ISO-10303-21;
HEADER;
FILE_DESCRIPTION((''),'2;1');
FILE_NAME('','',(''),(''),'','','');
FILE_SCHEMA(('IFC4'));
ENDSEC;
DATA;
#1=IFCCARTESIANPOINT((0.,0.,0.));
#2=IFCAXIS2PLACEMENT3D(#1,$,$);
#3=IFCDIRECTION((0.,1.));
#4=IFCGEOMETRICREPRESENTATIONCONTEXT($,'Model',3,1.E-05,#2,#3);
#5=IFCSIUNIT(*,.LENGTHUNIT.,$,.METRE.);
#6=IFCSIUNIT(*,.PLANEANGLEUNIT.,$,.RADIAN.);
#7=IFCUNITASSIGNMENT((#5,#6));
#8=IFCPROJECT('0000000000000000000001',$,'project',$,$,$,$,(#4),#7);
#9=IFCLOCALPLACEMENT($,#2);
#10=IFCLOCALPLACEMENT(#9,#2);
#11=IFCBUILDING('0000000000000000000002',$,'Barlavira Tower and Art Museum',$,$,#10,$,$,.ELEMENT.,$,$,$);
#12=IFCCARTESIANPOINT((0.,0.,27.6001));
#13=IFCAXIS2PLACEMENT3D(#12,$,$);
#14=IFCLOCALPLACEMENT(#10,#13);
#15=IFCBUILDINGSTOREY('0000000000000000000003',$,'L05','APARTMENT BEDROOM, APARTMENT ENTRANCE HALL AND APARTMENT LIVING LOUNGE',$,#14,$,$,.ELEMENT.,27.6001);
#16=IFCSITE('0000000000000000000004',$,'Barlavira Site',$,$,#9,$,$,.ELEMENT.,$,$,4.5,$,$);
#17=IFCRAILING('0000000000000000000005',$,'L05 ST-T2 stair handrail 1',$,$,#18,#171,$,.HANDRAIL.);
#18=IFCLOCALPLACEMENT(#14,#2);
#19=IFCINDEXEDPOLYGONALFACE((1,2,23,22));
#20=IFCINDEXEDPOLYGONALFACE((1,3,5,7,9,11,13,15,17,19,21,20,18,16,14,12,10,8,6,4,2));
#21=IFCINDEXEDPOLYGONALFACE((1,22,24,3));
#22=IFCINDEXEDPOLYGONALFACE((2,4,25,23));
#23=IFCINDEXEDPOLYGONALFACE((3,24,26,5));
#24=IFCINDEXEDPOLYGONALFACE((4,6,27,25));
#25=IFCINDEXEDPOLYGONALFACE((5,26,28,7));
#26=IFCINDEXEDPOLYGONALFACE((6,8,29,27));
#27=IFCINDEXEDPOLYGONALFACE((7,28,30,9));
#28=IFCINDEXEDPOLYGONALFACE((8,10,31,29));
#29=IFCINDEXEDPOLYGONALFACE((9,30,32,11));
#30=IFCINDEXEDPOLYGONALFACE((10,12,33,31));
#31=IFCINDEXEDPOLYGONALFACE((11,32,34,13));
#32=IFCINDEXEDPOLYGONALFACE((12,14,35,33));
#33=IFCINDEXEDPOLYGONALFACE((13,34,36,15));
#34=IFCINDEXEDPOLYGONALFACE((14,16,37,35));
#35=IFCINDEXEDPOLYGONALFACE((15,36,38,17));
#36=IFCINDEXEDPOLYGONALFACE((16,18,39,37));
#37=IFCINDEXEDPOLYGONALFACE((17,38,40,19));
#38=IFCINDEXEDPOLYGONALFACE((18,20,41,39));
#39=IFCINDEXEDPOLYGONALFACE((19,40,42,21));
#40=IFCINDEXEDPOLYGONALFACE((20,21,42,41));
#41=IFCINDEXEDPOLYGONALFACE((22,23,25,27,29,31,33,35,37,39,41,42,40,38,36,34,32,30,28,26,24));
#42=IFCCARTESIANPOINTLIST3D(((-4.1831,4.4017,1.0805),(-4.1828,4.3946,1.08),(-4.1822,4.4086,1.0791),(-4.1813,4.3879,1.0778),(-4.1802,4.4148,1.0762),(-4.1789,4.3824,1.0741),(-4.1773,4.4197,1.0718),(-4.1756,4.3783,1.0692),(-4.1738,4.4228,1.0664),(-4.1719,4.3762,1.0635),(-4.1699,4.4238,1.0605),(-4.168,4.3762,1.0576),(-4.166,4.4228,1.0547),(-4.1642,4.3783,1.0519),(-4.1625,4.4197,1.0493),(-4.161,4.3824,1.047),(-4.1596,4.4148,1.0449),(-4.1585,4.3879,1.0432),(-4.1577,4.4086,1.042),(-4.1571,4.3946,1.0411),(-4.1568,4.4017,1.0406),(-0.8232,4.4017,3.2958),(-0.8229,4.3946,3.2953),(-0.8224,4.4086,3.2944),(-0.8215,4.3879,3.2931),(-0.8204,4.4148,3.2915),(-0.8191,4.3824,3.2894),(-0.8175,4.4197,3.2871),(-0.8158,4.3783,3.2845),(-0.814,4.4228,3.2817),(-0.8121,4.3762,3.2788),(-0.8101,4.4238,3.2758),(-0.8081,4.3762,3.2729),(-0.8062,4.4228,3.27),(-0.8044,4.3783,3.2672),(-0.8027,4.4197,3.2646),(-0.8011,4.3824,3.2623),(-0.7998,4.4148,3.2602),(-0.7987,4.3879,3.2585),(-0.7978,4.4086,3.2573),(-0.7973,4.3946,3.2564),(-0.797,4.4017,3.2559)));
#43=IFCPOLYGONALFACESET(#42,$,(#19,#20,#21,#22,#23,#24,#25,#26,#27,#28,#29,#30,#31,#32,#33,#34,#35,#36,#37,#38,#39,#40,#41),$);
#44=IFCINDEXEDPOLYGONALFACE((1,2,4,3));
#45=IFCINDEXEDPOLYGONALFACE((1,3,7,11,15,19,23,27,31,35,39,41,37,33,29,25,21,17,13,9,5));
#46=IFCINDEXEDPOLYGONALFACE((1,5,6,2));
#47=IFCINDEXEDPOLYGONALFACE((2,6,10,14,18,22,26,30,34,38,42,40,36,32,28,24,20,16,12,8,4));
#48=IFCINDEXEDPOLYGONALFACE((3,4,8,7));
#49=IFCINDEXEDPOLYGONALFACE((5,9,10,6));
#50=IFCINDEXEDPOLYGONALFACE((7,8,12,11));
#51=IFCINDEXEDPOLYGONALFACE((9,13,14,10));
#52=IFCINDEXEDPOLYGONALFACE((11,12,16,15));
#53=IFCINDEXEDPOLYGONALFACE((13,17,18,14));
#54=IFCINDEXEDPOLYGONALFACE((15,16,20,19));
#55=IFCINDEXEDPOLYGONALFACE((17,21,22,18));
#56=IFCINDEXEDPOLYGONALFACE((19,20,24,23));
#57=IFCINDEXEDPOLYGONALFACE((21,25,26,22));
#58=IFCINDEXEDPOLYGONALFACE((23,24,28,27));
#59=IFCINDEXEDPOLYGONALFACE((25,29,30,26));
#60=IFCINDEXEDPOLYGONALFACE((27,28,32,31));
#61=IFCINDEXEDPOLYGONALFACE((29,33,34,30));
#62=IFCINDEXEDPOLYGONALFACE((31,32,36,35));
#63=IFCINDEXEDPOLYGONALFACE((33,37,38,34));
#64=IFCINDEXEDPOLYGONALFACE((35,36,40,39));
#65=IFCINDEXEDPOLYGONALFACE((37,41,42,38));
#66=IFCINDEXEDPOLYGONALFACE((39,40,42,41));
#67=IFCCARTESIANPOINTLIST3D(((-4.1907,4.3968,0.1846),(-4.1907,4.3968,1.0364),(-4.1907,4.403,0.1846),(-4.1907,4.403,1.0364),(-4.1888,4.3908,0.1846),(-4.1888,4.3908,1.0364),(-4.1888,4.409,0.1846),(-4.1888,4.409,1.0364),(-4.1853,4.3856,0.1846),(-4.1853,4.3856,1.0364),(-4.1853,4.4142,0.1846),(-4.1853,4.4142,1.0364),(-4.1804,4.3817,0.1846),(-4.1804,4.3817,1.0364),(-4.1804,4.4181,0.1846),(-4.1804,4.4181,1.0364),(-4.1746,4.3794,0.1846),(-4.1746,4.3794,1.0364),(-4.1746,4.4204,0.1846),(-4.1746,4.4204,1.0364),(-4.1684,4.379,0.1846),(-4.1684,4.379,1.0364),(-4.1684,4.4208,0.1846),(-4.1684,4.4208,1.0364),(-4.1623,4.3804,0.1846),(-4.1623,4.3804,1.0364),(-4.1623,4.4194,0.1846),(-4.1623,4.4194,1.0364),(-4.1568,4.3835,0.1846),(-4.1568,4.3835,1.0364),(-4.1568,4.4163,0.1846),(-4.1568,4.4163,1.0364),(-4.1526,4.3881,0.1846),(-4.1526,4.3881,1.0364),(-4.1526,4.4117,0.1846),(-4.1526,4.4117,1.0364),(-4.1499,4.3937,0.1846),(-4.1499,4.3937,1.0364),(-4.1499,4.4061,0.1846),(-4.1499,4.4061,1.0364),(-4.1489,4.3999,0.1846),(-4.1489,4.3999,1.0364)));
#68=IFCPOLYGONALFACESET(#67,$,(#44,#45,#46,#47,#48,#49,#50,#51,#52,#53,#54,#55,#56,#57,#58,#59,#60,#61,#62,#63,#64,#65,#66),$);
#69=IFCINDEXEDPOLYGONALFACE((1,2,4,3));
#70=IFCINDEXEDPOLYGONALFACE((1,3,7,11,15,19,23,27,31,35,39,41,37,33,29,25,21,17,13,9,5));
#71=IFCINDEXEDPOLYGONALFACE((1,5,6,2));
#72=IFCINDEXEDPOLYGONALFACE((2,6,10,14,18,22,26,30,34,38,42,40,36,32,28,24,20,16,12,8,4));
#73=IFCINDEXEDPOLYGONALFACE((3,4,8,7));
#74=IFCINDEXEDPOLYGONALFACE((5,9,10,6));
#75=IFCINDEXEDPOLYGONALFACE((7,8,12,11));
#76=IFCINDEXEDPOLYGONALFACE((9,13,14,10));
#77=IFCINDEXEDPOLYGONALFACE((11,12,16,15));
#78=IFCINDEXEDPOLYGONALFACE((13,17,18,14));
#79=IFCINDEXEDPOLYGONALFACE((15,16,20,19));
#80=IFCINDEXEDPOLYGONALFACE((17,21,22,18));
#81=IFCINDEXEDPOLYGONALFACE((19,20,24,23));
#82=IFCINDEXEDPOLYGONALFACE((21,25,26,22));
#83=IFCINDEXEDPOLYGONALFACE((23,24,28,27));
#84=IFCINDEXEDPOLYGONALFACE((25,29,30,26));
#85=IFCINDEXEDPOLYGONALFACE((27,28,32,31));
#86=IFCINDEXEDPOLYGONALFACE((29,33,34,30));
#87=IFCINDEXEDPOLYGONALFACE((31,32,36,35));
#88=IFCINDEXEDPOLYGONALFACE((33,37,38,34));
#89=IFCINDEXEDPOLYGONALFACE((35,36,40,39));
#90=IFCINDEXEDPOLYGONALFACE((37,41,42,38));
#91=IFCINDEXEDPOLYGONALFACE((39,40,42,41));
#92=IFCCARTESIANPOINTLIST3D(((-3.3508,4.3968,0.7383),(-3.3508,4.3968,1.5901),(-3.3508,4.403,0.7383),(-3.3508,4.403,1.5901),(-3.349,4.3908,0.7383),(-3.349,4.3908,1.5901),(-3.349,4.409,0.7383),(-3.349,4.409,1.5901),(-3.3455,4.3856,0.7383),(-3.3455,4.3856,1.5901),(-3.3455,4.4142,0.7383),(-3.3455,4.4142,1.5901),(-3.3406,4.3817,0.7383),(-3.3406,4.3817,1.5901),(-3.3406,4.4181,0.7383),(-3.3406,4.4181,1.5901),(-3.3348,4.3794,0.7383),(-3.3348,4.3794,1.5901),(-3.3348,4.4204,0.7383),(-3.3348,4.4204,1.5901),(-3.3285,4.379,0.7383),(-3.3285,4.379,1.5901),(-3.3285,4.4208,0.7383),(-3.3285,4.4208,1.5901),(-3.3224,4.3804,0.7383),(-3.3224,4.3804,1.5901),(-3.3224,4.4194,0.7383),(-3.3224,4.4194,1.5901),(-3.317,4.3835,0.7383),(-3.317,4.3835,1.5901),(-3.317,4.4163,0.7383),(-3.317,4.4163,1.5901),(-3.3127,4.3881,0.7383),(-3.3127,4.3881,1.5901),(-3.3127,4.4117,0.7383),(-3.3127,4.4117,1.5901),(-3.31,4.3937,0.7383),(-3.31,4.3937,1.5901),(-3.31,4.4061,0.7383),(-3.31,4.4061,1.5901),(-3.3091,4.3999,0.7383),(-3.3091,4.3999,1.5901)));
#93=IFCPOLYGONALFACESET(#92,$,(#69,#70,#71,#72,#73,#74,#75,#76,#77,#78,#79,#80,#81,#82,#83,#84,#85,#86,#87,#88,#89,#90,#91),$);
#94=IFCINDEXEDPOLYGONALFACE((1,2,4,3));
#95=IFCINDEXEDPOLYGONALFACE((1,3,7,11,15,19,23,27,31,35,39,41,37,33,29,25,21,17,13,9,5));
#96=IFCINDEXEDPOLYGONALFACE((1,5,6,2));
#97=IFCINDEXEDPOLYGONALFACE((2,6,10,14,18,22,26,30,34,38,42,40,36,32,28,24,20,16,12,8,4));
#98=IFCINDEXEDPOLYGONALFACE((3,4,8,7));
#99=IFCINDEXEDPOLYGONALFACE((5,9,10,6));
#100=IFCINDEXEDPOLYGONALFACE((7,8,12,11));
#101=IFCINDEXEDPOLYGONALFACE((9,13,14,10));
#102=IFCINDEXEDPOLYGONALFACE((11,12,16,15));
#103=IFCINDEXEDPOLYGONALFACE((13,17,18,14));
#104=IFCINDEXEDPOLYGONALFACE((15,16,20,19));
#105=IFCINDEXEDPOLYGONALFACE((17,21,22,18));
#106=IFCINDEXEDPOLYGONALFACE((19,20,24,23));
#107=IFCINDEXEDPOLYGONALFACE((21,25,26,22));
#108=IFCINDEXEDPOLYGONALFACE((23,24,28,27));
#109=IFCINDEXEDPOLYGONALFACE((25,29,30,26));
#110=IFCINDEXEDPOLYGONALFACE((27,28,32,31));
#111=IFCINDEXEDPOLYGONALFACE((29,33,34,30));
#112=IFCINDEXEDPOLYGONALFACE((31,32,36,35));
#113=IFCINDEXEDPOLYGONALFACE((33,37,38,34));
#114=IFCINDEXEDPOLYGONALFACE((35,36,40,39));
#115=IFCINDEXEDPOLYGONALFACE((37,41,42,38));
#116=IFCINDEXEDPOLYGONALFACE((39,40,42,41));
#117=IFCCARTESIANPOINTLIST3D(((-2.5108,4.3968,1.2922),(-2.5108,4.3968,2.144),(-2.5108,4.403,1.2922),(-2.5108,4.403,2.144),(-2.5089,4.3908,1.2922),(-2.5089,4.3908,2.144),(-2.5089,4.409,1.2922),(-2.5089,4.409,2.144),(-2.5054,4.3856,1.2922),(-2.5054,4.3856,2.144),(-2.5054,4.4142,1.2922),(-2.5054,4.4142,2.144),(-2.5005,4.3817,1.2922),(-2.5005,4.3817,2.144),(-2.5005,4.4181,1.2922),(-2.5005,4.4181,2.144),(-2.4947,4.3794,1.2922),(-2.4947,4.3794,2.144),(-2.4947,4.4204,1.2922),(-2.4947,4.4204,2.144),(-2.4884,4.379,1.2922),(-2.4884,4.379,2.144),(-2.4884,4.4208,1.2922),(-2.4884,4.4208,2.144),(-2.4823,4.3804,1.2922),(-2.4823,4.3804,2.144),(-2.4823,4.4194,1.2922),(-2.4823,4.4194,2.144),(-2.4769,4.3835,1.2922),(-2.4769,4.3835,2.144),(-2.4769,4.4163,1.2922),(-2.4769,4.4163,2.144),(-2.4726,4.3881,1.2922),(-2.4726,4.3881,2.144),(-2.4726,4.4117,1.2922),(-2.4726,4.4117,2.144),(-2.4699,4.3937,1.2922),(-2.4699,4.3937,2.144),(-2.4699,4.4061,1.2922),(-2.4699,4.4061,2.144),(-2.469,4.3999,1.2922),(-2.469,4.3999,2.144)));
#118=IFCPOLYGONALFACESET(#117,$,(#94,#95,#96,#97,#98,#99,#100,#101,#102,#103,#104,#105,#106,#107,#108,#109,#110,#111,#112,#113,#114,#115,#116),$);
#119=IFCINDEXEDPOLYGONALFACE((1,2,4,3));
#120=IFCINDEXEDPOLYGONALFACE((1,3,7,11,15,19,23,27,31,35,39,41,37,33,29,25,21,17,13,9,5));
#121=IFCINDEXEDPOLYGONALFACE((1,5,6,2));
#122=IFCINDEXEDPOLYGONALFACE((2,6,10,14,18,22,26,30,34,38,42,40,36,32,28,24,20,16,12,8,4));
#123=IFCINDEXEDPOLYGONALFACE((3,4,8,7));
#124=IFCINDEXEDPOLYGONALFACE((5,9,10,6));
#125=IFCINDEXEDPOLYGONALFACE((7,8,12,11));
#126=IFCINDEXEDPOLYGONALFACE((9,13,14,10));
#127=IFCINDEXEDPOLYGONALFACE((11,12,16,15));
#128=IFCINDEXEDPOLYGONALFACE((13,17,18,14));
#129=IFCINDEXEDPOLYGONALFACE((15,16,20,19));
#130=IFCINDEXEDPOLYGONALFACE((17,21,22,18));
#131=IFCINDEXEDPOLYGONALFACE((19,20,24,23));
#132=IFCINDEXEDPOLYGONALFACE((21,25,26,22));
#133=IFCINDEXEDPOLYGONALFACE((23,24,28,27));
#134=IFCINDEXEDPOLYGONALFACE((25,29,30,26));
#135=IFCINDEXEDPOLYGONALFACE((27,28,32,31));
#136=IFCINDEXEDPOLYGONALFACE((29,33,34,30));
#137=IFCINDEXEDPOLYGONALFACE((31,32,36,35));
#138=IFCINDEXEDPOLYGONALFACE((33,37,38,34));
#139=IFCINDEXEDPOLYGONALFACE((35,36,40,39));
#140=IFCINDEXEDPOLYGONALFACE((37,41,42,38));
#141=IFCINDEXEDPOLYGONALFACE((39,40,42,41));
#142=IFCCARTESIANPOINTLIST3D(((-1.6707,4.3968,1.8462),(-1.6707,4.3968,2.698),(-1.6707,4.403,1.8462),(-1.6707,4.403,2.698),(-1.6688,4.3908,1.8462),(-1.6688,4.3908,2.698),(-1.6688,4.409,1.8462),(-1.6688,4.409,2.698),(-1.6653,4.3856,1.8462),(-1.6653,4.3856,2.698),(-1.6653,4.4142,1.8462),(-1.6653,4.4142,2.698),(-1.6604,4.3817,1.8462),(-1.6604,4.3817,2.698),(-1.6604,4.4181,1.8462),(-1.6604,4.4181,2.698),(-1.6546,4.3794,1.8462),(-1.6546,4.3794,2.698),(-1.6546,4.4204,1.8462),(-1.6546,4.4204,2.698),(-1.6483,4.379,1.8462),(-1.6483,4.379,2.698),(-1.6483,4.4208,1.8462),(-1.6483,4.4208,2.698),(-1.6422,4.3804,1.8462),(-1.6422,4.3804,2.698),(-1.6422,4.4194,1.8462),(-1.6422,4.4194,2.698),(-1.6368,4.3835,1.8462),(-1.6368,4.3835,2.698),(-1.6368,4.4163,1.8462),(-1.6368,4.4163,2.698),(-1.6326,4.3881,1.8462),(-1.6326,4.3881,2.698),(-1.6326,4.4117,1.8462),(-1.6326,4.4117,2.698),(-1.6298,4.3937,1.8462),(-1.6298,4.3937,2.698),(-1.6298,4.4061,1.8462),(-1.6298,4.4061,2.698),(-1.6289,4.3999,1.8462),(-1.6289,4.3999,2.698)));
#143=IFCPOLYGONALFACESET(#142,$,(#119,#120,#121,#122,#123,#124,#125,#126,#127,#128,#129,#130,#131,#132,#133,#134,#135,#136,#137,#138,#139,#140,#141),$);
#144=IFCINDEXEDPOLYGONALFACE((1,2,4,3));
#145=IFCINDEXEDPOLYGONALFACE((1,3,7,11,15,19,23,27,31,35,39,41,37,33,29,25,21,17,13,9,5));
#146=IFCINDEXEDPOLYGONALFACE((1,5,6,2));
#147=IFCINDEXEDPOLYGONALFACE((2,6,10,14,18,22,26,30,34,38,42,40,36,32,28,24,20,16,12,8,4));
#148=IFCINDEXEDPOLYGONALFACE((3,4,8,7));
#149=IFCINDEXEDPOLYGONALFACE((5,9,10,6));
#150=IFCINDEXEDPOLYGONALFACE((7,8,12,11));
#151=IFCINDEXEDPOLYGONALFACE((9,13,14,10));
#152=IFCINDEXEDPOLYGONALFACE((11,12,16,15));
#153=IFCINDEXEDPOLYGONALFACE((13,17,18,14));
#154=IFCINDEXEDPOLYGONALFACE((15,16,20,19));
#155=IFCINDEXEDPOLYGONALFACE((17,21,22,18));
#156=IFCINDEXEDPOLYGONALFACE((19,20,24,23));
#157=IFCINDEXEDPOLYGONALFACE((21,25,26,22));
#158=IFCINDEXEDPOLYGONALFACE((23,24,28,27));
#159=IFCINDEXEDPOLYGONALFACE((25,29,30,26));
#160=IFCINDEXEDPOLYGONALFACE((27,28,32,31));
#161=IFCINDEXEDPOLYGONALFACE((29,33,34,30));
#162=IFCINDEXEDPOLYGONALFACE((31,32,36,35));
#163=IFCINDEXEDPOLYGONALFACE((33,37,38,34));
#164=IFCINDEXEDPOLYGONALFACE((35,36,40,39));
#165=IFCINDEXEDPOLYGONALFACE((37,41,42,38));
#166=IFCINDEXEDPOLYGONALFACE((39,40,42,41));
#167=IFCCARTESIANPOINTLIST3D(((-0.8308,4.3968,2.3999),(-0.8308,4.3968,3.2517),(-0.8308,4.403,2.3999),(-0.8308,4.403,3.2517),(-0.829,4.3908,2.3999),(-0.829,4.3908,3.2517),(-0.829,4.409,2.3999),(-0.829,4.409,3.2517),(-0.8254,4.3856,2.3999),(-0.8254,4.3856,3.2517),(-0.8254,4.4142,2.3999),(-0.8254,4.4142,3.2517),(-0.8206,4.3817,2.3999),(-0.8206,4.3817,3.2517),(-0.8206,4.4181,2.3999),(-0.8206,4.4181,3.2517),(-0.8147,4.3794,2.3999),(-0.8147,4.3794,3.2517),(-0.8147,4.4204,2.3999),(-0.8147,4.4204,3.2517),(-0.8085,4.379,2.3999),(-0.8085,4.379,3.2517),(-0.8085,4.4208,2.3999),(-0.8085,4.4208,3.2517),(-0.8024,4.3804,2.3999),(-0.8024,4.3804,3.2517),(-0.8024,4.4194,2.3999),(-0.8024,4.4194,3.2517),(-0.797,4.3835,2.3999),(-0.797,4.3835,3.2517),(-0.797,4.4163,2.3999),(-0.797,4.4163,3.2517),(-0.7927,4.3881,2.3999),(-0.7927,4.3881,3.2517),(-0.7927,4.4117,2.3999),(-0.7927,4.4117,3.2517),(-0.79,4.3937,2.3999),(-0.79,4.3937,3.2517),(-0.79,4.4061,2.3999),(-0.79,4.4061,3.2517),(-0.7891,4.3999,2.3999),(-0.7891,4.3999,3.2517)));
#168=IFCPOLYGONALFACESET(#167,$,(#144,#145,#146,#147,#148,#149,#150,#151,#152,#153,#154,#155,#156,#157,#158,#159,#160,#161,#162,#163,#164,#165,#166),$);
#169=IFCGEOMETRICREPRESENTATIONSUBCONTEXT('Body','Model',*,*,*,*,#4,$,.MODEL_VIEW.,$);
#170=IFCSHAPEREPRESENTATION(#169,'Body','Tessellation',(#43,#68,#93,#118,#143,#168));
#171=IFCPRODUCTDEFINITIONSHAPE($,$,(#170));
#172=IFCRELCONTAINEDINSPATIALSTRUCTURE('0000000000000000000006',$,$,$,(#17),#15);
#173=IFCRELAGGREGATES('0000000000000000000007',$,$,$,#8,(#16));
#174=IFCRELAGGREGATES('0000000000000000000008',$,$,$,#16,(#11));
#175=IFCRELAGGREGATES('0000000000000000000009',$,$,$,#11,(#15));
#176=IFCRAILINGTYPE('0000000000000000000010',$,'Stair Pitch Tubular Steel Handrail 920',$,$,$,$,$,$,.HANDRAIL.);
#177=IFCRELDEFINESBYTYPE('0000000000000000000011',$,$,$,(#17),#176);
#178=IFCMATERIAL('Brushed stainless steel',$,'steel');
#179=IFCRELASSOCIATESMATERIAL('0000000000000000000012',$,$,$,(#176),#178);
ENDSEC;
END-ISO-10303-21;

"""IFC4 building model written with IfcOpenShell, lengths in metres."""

from ifc_helpers import new_model, si_unit, direction, frame, origin, origin_2d, place, context, subcontext, project, spatial, circle, extrude, material, type_object, element, save


model = new_model("IFC4")

# Units and contexts
model_context = context("Model", 3, precision=1e-05, world=origin(), true_north=direction((0.0, 1.0)))
body_context = subcontext(model_context, "Body", "Model", "MODEL_VIEW")
ifc_project = project(units=[si_unit("LENGTHUNIT", "METRE"), si_unit("PLANEANGLEUNIT", "RADIAN")], contexts=[model_context])

# Site, building, storey
site_placement = place(None, origin())
site = spatial("IfcSite", under=ifc_project, at=site_placement, Name="Barlavira Site", CompositionType="ELEMENT", RefElevation=4.5)
building_placement = place(site_placement, origin())
building = spatial("IfcBuilding", under=site, at=building_placement, Name="Barlavira Tower and Art Museum", CompositionType="ELEMENT")
storey_placement = place(building_placement, frame((0.0, 0.0, 27.6001)))
storey = spatial("IfcBuildingStorey", under=building, at=storey_placement, Name="L05", Description="APARTMENT BEDROOM, APARTMENT ENTRANCE HALL AND APARTMENT LIVING LOUNGE", CompositionType="ELEMENT", Elevation=27.6001)

# Shared definitions
ifc_material_1 = material(Name="Brushed stainless steel", Category="steel")

# Railing
railing_type_1 = type_object("IfcRailingType", Name="Stair Pitch Tubular Steel Handrail 920", PredefinedType="HANDRAIL", material=ifc_material_1)
railing_1_placement = place(storey_placement, frame((-4.1699, 4.3999, 0.1846)))
element("IfcRailing", 1, at=railing_1_placement, inside=storey, type_object=railing_type_1, Name="L05 ST-T2 stair handrail 1", PredefinedType="HANDRAIL", context=body_context, shape_type="SweptSolid", body=[
    extrude(circle(Radius=0.0239, at=origin_2d()), frame((0.0, 0.0, 0.876), z_axis=(0.834858, 0.0, 0.550465), x_axis=(0.0, 1.0, 0.0)), (0.0, 0.0, 1.0), 4.0244),
    extrude(circle(Radius=0.021, at=origin_2d()), origin(), (0.0, 0.0, 1.0), 0.8518),
    extrude(circle(Radius=0.021, at=origin_2d()), frame((0.8398, 0.0, 0.5537)), (0.0, 0.0, 1.0), 0.8518),
    extrude(circle(Radius=0.021, at=origin_2d()), frame((1.6799, 0.0, 1.1077)), (0.0, 0.0, 1.0), 0.8518),
    extrude(circle(Radius=0.021, at=origin_2d()), frame((2.52, 0.0, 1.6616)), (0.0, 0.0, 1.0), 0.8518),
    extrude(circle(Radius=0.021, at=origin_2d()), frame((3.3599, 0.0, 2.2153)), (0.0, 0.0, 1.0), 0.8518),
])

save(model, "model.ifc")
